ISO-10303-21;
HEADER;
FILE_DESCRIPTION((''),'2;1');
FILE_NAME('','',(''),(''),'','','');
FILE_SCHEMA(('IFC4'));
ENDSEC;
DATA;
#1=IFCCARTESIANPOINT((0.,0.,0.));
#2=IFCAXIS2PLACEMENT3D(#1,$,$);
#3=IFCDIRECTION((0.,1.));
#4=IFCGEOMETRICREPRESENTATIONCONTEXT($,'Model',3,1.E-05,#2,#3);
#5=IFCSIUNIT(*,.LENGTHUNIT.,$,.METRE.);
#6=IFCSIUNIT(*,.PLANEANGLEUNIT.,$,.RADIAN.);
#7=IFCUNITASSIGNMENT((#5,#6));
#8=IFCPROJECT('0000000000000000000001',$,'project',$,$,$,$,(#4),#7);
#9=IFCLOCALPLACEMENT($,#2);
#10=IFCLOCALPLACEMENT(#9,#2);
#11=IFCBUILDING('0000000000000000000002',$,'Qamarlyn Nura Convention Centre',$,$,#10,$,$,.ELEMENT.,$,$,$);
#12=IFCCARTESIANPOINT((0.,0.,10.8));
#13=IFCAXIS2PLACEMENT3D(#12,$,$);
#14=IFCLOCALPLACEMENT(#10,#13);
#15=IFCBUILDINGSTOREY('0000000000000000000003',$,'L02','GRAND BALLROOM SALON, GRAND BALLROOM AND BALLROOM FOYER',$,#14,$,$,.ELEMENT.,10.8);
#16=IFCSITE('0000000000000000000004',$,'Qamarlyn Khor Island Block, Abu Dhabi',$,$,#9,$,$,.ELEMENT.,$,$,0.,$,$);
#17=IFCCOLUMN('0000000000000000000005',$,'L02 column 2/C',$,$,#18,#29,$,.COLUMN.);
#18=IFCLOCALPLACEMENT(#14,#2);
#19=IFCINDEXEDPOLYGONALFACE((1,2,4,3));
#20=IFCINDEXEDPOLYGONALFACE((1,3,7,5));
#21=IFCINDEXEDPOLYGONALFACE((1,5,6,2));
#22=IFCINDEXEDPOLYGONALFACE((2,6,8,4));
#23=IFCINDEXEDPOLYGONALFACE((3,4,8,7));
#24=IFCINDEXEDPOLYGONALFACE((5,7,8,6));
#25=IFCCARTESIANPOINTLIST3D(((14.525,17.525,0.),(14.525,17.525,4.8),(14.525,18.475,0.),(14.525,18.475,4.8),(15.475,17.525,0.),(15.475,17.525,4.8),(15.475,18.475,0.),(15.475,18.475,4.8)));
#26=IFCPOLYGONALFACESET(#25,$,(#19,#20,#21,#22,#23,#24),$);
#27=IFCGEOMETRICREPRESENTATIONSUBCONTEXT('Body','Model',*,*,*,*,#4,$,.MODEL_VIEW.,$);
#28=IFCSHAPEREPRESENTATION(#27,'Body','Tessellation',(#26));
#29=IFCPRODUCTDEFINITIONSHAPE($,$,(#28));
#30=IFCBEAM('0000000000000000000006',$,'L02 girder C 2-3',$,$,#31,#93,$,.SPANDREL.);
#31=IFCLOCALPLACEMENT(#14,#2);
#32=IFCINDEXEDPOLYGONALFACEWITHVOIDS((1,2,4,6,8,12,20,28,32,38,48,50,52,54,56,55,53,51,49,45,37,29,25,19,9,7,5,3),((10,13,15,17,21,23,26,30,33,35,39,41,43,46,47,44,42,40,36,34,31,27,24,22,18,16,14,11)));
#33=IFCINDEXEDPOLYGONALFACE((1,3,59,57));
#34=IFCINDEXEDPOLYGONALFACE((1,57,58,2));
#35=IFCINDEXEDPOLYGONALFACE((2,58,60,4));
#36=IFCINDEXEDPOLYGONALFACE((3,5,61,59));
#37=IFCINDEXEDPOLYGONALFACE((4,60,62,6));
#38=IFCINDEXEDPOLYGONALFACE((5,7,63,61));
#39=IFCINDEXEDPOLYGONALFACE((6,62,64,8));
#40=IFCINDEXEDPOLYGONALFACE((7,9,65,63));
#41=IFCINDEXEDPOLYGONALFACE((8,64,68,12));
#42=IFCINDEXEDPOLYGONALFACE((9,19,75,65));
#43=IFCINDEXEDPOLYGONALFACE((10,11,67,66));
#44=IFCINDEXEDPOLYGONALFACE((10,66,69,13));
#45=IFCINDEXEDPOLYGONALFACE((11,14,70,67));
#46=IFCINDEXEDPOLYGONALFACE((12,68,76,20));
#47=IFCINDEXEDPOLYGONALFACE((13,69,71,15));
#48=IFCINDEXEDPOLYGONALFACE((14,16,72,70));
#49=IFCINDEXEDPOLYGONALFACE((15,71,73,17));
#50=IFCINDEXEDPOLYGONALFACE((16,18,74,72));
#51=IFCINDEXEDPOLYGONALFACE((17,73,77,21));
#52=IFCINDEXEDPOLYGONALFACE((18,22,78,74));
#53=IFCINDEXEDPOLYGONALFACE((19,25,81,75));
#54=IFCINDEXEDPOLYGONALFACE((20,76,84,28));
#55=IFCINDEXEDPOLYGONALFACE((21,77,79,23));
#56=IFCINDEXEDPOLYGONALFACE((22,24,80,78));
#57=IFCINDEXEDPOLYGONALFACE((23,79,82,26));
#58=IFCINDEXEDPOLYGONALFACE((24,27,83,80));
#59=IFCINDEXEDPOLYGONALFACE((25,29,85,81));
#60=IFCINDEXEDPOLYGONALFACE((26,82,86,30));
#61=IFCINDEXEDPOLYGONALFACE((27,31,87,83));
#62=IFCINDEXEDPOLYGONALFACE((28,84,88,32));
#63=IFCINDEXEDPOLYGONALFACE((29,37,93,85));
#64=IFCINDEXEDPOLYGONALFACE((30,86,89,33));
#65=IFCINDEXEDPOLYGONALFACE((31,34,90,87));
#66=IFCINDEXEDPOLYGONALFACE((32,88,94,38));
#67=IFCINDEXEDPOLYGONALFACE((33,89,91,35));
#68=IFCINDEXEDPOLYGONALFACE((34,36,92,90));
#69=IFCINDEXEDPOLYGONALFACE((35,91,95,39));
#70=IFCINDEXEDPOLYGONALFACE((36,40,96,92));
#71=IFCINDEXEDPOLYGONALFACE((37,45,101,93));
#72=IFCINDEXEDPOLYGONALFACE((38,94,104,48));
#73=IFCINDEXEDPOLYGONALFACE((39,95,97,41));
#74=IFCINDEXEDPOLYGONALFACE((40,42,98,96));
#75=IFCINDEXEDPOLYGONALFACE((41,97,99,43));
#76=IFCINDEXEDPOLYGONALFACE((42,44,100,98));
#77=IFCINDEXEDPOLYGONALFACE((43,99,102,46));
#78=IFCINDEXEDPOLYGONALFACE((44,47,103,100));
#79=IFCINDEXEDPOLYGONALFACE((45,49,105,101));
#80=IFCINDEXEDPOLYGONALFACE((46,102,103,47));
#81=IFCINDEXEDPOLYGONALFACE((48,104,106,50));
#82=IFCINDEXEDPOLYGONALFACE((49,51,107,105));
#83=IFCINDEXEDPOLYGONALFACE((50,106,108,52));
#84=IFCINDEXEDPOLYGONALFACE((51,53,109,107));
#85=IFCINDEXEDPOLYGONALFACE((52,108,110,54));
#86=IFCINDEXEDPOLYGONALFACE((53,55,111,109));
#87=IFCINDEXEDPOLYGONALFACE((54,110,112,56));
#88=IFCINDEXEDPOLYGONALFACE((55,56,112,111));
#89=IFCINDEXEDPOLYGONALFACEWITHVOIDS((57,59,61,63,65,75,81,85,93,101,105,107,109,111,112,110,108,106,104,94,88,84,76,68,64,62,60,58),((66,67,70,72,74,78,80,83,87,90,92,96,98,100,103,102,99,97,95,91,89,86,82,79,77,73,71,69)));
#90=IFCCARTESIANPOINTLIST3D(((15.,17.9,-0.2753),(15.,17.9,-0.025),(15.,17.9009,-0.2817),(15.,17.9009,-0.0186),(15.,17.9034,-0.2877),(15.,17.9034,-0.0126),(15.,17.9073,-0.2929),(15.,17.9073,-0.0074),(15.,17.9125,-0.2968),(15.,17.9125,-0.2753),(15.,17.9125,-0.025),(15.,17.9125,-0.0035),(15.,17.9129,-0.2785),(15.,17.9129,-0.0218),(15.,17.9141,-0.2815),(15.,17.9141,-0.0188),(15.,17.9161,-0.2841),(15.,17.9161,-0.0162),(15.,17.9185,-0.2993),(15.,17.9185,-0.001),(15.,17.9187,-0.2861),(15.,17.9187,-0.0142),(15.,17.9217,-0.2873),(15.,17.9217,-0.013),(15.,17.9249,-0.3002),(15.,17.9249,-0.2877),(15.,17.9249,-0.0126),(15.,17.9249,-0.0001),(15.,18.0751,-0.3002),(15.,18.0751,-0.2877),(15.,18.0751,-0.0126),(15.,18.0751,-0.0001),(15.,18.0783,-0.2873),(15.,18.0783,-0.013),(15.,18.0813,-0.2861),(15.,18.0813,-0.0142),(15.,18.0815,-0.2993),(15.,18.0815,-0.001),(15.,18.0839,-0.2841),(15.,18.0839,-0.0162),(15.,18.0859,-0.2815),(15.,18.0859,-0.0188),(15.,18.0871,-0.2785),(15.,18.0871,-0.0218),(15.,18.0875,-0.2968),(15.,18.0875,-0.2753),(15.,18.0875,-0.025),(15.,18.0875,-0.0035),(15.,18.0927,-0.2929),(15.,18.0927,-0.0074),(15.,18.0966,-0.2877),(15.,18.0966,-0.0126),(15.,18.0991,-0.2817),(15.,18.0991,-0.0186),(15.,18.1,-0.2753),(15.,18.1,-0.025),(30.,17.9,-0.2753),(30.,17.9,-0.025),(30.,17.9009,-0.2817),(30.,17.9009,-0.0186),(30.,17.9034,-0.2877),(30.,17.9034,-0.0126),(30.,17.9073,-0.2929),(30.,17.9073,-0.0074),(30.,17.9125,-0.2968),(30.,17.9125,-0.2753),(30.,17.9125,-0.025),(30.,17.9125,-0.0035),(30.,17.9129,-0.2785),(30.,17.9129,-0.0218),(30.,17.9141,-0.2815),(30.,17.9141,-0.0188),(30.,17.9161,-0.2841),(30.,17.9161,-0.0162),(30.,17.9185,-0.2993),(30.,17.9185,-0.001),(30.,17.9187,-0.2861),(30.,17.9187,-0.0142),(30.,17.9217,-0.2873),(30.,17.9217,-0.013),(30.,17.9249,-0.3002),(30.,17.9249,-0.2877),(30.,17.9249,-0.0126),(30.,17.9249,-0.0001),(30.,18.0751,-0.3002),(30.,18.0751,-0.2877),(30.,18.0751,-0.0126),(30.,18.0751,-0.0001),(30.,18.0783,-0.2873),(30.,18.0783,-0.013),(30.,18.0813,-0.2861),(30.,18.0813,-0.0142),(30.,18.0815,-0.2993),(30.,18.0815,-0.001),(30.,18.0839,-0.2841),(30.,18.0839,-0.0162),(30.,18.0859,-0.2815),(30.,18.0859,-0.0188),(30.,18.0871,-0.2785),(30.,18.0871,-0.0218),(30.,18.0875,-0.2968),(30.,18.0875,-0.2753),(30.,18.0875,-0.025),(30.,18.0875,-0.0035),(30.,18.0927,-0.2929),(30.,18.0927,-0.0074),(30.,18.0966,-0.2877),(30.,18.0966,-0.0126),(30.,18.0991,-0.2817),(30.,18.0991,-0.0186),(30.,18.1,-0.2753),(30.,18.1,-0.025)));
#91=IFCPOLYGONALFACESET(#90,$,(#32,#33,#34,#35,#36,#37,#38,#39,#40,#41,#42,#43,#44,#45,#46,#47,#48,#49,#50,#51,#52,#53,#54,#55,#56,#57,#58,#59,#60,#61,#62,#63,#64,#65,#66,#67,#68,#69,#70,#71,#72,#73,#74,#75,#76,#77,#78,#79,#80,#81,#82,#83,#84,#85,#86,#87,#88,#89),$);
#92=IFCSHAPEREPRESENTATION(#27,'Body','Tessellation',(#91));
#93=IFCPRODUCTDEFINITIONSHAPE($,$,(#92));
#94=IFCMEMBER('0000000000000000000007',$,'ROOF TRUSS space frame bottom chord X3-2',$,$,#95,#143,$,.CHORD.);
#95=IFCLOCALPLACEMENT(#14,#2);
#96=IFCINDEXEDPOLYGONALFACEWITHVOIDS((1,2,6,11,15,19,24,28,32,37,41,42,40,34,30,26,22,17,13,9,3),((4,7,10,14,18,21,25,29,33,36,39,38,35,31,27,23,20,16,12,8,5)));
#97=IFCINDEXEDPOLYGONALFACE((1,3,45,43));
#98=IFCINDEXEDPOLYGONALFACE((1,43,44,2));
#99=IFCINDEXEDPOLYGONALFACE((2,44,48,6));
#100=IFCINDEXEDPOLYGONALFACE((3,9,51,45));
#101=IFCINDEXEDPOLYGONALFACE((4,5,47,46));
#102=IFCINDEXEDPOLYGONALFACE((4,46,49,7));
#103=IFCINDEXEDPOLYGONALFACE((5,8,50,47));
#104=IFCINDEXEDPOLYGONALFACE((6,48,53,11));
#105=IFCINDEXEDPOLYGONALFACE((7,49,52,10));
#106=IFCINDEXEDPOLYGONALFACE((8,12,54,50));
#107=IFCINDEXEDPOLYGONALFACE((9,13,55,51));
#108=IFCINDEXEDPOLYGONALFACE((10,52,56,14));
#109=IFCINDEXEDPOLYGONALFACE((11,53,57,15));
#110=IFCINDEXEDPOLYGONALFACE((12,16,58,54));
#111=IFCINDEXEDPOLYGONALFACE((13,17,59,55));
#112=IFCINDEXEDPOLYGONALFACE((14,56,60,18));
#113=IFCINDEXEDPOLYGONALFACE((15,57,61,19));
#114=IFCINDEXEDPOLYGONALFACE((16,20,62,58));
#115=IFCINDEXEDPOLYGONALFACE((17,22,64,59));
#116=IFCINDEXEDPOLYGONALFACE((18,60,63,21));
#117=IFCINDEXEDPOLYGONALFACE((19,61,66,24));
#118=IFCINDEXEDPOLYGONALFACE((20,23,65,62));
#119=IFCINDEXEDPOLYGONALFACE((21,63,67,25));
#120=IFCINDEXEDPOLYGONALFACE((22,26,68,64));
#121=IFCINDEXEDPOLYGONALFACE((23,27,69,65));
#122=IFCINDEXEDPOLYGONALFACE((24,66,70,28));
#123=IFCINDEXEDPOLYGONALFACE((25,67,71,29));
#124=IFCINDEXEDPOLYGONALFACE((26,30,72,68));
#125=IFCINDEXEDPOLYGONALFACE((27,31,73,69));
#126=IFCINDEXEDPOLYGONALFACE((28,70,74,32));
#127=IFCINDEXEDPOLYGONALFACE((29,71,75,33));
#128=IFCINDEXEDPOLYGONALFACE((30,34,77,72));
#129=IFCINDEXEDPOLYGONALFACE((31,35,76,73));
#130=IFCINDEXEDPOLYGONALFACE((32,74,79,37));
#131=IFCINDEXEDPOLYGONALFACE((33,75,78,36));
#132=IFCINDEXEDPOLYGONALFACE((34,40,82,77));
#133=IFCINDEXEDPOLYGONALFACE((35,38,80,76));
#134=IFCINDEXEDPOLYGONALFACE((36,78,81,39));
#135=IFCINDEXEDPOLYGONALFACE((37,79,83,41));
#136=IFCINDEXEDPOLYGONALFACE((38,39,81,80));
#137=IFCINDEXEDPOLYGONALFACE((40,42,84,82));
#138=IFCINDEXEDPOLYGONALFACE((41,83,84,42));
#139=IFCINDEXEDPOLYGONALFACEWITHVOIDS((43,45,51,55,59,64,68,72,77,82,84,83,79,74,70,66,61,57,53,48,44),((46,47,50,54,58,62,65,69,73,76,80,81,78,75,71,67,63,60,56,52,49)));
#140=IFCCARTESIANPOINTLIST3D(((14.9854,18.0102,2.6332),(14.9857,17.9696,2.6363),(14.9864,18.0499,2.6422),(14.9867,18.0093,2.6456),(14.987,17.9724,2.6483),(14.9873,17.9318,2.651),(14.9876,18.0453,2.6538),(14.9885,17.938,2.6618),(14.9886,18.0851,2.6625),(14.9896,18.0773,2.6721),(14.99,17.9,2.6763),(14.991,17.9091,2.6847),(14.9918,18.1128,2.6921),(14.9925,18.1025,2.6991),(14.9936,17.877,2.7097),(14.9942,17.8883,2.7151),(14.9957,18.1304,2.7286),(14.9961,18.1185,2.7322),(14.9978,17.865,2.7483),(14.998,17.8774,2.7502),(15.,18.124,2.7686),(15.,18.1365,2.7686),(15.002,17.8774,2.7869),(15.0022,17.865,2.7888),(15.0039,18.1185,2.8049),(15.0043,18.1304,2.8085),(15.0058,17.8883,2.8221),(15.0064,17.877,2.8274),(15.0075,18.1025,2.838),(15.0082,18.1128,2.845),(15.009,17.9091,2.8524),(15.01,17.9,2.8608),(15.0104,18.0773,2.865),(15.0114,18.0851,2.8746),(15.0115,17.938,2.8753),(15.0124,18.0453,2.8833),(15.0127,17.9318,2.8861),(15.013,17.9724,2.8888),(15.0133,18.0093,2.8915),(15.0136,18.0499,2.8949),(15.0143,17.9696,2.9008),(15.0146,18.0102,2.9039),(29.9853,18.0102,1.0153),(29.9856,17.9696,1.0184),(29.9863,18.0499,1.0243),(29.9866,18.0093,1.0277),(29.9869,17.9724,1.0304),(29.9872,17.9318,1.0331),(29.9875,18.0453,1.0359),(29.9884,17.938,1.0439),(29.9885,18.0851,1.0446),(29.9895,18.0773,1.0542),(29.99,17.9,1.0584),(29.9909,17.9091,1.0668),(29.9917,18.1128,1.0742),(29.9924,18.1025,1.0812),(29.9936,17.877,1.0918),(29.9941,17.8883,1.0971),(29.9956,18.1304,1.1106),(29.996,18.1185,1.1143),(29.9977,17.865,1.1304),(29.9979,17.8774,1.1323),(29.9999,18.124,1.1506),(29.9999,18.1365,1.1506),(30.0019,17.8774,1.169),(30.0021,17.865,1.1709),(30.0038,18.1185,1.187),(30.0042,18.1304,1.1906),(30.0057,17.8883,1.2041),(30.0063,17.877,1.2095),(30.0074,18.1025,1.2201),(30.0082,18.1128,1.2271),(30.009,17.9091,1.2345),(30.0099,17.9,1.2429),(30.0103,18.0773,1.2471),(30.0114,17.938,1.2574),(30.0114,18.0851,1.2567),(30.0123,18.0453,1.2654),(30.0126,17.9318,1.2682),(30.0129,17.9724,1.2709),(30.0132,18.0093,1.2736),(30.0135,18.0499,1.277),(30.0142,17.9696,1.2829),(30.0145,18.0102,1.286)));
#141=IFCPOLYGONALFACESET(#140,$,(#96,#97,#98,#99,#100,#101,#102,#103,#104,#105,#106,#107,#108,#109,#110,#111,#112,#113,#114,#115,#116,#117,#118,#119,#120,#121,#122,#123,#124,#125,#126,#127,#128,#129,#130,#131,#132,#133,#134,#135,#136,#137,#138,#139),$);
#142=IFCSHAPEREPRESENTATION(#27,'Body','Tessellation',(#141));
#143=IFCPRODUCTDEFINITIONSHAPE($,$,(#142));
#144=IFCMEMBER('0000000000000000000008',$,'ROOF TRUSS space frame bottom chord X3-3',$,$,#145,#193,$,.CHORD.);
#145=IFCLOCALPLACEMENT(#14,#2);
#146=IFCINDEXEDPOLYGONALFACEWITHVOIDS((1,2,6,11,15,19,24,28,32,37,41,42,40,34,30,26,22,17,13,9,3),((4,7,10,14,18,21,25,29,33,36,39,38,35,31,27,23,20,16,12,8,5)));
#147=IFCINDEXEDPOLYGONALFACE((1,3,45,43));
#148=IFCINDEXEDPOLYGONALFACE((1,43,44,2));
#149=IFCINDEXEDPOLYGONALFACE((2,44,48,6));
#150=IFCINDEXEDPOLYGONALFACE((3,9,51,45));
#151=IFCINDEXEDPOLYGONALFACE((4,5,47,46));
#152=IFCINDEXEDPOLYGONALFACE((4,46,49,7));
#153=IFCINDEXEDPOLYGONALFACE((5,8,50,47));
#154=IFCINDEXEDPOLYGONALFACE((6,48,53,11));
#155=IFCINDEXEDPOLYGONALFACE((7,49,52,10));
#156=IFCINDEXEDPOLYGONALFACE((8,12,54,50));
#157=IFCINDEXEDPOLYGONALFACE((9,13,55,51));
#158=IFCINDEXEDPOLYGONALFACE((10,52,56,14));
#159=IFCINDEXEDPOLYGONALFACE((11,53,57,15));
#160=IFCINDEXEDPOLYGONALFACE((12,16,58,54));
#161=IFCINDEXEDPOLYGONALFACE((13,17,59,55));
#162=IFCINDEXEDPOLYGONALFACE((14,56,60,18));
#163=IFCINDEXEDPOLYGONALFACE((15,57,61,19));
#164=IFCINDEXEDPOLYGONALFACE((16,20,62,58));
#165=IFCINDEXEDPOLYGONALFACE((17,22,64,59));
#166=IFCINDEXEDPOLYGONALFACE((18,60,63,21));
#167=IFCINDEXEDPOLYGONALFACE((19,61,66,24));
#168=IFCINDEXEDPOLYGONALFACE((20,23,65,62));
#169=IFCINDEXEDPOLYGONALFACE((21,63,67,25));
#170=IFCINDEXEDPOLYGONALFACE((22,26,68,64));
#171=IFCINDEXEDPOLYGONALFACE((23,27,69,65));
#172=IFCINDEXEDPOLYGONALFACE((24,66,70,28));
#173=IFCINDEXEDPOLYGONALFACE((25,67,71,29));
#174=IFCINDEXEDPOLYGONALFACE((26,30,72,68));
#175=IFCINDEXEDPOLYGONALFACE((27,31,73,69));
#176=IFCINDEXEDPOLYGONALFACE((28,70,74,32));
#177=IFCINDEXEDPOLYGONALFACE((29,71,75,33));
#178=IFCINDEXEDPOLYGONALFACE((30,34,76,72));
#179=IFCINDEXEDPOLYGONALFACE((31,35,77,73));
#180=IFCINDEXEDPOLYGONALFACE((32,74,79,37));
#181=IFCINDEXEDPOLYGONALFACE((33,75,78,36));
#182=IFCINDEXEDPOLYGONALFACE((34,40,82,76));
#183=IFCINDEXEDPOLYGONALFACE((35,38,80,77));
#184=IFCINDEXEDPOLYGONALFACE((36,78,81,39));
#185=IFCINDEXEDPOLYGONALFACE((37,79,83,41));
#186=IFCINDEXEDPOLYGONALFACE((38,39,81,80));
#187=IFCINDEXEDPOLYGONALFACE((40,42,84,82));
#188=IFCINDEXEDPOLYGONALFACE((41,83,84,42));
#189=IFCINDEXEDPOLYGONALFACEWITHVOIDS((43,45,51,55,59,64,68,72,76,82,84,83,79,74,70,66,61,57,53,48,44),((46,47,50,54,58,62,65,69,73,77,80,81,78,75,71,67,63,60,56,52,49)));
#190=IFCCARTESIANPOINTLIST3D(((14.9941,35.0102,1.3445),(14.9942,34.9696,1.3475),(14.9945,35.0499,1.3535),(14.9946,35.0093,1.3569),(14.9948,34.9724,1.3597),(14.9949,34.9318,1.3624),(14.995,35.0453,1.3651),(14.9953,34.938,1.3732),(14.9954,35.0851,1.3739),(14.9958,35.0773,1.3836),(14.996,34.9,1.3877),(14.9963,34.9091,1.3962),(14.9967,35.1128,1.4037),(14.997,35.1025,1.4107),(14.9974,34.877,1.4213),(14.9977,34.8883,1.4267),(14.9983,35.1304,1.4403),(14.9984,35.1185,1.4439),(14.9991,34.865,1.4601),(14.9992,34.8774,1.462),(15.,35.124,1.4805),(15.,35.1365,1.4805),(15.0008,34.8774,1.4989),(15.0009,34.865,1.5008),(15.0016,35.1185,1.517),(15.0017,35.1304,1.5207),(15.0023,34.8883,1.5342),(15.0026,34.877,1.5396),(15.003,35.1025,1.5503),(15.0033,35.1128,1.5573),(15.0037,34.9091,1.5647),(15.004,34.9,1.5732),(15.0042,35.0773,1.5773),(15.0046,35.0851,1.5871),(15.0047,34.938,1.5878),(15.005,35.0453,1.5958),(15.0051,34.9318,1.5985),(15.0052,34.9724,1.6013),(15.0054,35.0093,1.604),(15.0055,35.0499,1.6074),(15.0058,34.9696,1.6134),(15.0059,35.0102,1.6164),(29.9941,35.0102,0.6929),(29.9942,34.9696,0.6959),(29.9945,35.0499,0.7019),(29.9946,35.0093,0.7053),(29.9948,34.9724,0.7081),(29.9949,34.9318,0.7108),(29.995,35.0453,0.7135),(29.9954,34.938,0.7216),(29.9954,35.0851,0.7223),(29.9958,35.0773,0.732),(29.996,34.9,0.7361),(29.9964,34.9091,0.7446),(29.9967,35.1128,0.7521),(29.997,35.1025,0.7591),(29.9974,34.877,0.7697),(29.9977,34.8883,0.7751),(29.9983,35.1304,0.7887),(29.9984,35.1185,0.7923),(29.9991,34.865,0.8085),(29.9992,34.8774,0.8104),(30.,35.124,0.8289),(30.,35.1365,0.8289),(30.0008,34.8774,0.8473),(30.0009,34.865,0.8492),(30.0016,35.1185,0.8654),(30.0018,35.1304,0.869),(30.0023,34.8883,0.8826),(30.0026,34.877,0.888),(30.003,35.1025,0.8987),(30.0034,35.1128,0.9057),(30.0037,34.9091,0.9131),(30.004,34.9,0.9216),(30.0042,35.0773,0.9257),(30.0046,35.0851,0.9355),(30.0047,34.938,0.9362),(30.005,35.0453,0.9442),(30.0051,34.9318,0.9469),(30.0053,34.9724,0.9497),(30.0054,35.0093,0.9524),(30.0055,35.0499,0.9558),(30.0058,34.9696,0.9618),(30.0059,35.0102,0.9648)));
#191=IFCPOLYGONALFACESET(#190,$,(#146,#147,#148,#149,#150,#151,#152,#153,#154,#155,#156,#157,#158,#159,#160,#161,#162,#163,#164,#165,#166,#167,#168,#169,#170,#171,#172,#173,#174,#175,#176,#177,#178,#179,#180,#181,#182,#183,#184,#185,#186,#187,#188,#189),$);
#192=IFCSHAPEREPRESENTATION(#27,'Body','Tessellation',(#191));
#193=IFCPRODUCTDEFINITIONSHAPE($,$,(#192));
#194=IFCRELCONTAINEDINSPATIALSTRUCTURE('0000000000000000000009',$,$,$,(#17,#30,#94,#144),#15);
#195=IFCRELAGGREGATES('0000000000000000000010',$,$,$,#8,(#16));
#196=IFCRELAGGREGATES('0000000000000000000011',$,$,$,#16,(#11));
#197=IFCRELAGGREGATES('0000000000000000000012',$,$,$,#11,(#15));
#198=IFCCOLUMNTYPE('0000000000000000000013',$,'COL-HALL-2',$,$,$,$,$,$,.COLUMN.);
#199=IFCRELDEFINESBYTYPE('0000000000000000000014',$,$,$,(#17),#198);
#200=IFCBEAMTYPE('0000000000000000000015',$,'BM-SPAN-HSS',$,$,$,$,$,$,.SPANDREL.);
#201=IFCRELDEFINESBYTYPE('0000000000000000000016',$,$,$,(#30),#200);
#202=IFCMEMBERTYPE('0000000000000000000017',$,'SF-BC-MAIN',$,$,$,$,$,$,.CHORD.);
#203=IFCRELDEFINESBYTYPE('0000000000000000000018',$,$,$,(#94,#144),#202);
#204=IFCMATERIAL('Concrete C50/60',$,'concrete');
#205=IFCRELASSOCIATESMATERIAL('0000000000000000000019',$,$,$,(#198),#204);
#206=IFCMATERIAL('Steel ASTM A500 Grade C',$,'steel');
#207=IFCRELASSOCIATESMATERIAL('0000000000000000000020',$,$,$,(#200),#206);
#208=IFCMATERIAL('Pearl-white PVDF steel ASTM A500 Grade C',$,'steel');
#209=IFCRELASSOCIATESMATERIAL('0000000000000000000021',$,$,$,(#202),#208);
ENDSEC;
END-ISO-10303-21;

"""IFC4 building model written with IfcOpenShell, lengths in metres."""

from ifc_helpers import new_model, si_unit, direction, frame, origin, origin_2d, place, context, subcontext, project, spatial, rectangle, hollow_rectangle, hollow_circle, extrude, material, material_profile, profile_set, type_object, element, save


model = new_model("IFC4")

# Units and contexts
model_context = context("Model", 3, precision=1e-05, world=origin(), true_north=direction((0.0, 1.0)))
body_context = subcontext(model_context, "Body", "Model", "MODEL_VIEW")
ifc_project = project(units=[si_unit("LENGTHUNIT", "METRE"), si_unit("PLANEANGLEUNIT", "RADIAN")], contexts=[model_context])

# Site, building, storey
site_placement = place(None, origin())
site = spatial("IfcSite", under=ifc_project, at=site_placement, Name="Qamarlyn Khor Island Block, Abu Dhabi", CompositionType="ELEMENT", RefElevation=0.0)
building_placement = place(site_placement, origin())
building = spatial("IfcBuilding", under=site, at=building_placement, Name="Qamarlyn Nura Convention Centre", CompositionType="ELEMENT")
storey_placement = place(building_placement, frame((0.0, 0.0, 10.8)))
storey = spatial("IfcBuildingStorey", under=building, at=storey_placement, Name="L02", Description="GRAND BALLROOM SALON, GRAND BALLROOM AND BALLROOM FOYER", CompositionType="ELEMENT", Elevation=10.8)

# Column
ifc_material_1 = material(Name="Concrete C50/60", Category="concrete")
ifc_material_profile_1 = material_profile(ifc_material_1, rectangle(XDim=0.95, YDim=0.95, at=origin_2d()), Name="RC 950x950")
ifc_profile_set_1 = profile_set([ifc_material_profile_1], Name="Concrete C50/60")
column_type = type_object("IfcColumnType", Name="COL-HALL-2", PredefinedType="COLUMN", material=ifc_profile_set_1)
column_placement = place(storey_placement, frame((15.0, 18.0, 0.0), z_axis=(0.0, 0.0, 1.0), x_axis=(1.0, 0.0, 0.0)))
element("IfcColumn", 1, at=column_placement, inside=storey, type_object=column_type, Name="L02 column 2/C", PredefinedType="COLUMN", context=body_context, shape_type="SweptSolid", body=[
    extrude(rectangle(XDim=0.95, YDim=0.95, at=origin_2d()), origin(), (0.0, 0.0, 1.0), 4.8),
])

# Beam
ifc_material_2 = material(Name="Steel ASTM A500 Grade C", Category="steel")
ifc_material_profile_2 = material_profile(ifc_material_2, hollow_rectangle(XDim=0.2, YDim=0.3, WallThickness=0.0125, InnerFilletRadius=0.0125, OuterFilletRadius=0.0249, at=origin_2d()), Name="HSS300X200X12.5")
ifc_profile_set_2 = profile_set([ifc_material_profile_2], Name="Steel ASTM A500 Grade C")
beam_type = type_object("IfcBeamType", Name="BM-SPAN-HSS", PredefinedType="SPANDREL", material=ifc_profile_set_2)
beam_placement = place(storey_placement, frame((15.0, 18.0, -0.1501), z_axis=(1.0, 0.0, 0.0), x_axis=(0.0, 1.0, 0.0)))
element("IfcBeam", 2, at=beam_placement, inside=storey, type_object=beam_type, Name="L02 girder C 2-3", PredefinedType="SPANDREL", context=body_context, shape_type="SweptSolid", body=[
    extrude(hollow_rectangle(XDim=0.2, YDim=0.3, WallThickness=0.0125, InnerFilletRadius=0.0125, OuterFilletRadius=0.0249, at=origin_2d()), origin(), (0.0, 0.0, 1.0), 15.0),
])

# Members
ifc_material_3 = material(Name="Pearl-white PVDF steel ASTM A500 Grade C", Category="steel")
ifc_material_profile_3 = material_profile(ifc_material_3, hollow_circle(Radius=0.1365, WallThickness=0.0125, at=origin_2d()), Name="CHS273X12.5")
ifc_profile_set_3 = profile_set([ifc_material_profile_3], Name="Pearl-white PVDF steel ASTM A500 Grade C")
member_type_1 = type_object("IfcMemberType", Name="SF-BC-MAIN", PredefinedType="CHORD", material=ifc_profile_set_3)
member_1_placement = place(storey_placement, frame((15.0, 18.0, 2.7686), z_axis=(0.994233, 0.0, -0.107239), x_axis=(0.0, 1.0, 0.0)))
element("IfcMember", 3, at=member_1_placement, inside=storey, type_object=member_type_1, Name="ROOF TRUSS space frame bottom chord X3-2", PredefinedType="CHORD", context=body_context, shape_type="SweptSolid", body=[
    extrude(hollow_circle(Radius=0.1365, WallThickness=0.0125, at=origin_2d()), origin(), (0.0, 0.0, 1.0), 15.0869),
])
member_2_placement = place(storey_placement, frame((15.0, 35.0, 1.4805), z_axis=(0.999058, 0.0, -0.0434), x_axis=(0.0, 1.0, 0.0)))
element("IfcMember", 4, at=member_2_placement, inside=storey, type_object=member_type_1, Name="ROOF TRUSS space frame bottom chord X3-3", PredefinedType="CHORD", context=body_context, shape_type="SweptSolid", body=[
    extrude(hollow_circle(Radius=0.1365, WallThickness=0.0125, at=origin_2d()), origin(), (0.0, 0.0, 1.0), 15.0142),
])

save(model, "model.ifc")
